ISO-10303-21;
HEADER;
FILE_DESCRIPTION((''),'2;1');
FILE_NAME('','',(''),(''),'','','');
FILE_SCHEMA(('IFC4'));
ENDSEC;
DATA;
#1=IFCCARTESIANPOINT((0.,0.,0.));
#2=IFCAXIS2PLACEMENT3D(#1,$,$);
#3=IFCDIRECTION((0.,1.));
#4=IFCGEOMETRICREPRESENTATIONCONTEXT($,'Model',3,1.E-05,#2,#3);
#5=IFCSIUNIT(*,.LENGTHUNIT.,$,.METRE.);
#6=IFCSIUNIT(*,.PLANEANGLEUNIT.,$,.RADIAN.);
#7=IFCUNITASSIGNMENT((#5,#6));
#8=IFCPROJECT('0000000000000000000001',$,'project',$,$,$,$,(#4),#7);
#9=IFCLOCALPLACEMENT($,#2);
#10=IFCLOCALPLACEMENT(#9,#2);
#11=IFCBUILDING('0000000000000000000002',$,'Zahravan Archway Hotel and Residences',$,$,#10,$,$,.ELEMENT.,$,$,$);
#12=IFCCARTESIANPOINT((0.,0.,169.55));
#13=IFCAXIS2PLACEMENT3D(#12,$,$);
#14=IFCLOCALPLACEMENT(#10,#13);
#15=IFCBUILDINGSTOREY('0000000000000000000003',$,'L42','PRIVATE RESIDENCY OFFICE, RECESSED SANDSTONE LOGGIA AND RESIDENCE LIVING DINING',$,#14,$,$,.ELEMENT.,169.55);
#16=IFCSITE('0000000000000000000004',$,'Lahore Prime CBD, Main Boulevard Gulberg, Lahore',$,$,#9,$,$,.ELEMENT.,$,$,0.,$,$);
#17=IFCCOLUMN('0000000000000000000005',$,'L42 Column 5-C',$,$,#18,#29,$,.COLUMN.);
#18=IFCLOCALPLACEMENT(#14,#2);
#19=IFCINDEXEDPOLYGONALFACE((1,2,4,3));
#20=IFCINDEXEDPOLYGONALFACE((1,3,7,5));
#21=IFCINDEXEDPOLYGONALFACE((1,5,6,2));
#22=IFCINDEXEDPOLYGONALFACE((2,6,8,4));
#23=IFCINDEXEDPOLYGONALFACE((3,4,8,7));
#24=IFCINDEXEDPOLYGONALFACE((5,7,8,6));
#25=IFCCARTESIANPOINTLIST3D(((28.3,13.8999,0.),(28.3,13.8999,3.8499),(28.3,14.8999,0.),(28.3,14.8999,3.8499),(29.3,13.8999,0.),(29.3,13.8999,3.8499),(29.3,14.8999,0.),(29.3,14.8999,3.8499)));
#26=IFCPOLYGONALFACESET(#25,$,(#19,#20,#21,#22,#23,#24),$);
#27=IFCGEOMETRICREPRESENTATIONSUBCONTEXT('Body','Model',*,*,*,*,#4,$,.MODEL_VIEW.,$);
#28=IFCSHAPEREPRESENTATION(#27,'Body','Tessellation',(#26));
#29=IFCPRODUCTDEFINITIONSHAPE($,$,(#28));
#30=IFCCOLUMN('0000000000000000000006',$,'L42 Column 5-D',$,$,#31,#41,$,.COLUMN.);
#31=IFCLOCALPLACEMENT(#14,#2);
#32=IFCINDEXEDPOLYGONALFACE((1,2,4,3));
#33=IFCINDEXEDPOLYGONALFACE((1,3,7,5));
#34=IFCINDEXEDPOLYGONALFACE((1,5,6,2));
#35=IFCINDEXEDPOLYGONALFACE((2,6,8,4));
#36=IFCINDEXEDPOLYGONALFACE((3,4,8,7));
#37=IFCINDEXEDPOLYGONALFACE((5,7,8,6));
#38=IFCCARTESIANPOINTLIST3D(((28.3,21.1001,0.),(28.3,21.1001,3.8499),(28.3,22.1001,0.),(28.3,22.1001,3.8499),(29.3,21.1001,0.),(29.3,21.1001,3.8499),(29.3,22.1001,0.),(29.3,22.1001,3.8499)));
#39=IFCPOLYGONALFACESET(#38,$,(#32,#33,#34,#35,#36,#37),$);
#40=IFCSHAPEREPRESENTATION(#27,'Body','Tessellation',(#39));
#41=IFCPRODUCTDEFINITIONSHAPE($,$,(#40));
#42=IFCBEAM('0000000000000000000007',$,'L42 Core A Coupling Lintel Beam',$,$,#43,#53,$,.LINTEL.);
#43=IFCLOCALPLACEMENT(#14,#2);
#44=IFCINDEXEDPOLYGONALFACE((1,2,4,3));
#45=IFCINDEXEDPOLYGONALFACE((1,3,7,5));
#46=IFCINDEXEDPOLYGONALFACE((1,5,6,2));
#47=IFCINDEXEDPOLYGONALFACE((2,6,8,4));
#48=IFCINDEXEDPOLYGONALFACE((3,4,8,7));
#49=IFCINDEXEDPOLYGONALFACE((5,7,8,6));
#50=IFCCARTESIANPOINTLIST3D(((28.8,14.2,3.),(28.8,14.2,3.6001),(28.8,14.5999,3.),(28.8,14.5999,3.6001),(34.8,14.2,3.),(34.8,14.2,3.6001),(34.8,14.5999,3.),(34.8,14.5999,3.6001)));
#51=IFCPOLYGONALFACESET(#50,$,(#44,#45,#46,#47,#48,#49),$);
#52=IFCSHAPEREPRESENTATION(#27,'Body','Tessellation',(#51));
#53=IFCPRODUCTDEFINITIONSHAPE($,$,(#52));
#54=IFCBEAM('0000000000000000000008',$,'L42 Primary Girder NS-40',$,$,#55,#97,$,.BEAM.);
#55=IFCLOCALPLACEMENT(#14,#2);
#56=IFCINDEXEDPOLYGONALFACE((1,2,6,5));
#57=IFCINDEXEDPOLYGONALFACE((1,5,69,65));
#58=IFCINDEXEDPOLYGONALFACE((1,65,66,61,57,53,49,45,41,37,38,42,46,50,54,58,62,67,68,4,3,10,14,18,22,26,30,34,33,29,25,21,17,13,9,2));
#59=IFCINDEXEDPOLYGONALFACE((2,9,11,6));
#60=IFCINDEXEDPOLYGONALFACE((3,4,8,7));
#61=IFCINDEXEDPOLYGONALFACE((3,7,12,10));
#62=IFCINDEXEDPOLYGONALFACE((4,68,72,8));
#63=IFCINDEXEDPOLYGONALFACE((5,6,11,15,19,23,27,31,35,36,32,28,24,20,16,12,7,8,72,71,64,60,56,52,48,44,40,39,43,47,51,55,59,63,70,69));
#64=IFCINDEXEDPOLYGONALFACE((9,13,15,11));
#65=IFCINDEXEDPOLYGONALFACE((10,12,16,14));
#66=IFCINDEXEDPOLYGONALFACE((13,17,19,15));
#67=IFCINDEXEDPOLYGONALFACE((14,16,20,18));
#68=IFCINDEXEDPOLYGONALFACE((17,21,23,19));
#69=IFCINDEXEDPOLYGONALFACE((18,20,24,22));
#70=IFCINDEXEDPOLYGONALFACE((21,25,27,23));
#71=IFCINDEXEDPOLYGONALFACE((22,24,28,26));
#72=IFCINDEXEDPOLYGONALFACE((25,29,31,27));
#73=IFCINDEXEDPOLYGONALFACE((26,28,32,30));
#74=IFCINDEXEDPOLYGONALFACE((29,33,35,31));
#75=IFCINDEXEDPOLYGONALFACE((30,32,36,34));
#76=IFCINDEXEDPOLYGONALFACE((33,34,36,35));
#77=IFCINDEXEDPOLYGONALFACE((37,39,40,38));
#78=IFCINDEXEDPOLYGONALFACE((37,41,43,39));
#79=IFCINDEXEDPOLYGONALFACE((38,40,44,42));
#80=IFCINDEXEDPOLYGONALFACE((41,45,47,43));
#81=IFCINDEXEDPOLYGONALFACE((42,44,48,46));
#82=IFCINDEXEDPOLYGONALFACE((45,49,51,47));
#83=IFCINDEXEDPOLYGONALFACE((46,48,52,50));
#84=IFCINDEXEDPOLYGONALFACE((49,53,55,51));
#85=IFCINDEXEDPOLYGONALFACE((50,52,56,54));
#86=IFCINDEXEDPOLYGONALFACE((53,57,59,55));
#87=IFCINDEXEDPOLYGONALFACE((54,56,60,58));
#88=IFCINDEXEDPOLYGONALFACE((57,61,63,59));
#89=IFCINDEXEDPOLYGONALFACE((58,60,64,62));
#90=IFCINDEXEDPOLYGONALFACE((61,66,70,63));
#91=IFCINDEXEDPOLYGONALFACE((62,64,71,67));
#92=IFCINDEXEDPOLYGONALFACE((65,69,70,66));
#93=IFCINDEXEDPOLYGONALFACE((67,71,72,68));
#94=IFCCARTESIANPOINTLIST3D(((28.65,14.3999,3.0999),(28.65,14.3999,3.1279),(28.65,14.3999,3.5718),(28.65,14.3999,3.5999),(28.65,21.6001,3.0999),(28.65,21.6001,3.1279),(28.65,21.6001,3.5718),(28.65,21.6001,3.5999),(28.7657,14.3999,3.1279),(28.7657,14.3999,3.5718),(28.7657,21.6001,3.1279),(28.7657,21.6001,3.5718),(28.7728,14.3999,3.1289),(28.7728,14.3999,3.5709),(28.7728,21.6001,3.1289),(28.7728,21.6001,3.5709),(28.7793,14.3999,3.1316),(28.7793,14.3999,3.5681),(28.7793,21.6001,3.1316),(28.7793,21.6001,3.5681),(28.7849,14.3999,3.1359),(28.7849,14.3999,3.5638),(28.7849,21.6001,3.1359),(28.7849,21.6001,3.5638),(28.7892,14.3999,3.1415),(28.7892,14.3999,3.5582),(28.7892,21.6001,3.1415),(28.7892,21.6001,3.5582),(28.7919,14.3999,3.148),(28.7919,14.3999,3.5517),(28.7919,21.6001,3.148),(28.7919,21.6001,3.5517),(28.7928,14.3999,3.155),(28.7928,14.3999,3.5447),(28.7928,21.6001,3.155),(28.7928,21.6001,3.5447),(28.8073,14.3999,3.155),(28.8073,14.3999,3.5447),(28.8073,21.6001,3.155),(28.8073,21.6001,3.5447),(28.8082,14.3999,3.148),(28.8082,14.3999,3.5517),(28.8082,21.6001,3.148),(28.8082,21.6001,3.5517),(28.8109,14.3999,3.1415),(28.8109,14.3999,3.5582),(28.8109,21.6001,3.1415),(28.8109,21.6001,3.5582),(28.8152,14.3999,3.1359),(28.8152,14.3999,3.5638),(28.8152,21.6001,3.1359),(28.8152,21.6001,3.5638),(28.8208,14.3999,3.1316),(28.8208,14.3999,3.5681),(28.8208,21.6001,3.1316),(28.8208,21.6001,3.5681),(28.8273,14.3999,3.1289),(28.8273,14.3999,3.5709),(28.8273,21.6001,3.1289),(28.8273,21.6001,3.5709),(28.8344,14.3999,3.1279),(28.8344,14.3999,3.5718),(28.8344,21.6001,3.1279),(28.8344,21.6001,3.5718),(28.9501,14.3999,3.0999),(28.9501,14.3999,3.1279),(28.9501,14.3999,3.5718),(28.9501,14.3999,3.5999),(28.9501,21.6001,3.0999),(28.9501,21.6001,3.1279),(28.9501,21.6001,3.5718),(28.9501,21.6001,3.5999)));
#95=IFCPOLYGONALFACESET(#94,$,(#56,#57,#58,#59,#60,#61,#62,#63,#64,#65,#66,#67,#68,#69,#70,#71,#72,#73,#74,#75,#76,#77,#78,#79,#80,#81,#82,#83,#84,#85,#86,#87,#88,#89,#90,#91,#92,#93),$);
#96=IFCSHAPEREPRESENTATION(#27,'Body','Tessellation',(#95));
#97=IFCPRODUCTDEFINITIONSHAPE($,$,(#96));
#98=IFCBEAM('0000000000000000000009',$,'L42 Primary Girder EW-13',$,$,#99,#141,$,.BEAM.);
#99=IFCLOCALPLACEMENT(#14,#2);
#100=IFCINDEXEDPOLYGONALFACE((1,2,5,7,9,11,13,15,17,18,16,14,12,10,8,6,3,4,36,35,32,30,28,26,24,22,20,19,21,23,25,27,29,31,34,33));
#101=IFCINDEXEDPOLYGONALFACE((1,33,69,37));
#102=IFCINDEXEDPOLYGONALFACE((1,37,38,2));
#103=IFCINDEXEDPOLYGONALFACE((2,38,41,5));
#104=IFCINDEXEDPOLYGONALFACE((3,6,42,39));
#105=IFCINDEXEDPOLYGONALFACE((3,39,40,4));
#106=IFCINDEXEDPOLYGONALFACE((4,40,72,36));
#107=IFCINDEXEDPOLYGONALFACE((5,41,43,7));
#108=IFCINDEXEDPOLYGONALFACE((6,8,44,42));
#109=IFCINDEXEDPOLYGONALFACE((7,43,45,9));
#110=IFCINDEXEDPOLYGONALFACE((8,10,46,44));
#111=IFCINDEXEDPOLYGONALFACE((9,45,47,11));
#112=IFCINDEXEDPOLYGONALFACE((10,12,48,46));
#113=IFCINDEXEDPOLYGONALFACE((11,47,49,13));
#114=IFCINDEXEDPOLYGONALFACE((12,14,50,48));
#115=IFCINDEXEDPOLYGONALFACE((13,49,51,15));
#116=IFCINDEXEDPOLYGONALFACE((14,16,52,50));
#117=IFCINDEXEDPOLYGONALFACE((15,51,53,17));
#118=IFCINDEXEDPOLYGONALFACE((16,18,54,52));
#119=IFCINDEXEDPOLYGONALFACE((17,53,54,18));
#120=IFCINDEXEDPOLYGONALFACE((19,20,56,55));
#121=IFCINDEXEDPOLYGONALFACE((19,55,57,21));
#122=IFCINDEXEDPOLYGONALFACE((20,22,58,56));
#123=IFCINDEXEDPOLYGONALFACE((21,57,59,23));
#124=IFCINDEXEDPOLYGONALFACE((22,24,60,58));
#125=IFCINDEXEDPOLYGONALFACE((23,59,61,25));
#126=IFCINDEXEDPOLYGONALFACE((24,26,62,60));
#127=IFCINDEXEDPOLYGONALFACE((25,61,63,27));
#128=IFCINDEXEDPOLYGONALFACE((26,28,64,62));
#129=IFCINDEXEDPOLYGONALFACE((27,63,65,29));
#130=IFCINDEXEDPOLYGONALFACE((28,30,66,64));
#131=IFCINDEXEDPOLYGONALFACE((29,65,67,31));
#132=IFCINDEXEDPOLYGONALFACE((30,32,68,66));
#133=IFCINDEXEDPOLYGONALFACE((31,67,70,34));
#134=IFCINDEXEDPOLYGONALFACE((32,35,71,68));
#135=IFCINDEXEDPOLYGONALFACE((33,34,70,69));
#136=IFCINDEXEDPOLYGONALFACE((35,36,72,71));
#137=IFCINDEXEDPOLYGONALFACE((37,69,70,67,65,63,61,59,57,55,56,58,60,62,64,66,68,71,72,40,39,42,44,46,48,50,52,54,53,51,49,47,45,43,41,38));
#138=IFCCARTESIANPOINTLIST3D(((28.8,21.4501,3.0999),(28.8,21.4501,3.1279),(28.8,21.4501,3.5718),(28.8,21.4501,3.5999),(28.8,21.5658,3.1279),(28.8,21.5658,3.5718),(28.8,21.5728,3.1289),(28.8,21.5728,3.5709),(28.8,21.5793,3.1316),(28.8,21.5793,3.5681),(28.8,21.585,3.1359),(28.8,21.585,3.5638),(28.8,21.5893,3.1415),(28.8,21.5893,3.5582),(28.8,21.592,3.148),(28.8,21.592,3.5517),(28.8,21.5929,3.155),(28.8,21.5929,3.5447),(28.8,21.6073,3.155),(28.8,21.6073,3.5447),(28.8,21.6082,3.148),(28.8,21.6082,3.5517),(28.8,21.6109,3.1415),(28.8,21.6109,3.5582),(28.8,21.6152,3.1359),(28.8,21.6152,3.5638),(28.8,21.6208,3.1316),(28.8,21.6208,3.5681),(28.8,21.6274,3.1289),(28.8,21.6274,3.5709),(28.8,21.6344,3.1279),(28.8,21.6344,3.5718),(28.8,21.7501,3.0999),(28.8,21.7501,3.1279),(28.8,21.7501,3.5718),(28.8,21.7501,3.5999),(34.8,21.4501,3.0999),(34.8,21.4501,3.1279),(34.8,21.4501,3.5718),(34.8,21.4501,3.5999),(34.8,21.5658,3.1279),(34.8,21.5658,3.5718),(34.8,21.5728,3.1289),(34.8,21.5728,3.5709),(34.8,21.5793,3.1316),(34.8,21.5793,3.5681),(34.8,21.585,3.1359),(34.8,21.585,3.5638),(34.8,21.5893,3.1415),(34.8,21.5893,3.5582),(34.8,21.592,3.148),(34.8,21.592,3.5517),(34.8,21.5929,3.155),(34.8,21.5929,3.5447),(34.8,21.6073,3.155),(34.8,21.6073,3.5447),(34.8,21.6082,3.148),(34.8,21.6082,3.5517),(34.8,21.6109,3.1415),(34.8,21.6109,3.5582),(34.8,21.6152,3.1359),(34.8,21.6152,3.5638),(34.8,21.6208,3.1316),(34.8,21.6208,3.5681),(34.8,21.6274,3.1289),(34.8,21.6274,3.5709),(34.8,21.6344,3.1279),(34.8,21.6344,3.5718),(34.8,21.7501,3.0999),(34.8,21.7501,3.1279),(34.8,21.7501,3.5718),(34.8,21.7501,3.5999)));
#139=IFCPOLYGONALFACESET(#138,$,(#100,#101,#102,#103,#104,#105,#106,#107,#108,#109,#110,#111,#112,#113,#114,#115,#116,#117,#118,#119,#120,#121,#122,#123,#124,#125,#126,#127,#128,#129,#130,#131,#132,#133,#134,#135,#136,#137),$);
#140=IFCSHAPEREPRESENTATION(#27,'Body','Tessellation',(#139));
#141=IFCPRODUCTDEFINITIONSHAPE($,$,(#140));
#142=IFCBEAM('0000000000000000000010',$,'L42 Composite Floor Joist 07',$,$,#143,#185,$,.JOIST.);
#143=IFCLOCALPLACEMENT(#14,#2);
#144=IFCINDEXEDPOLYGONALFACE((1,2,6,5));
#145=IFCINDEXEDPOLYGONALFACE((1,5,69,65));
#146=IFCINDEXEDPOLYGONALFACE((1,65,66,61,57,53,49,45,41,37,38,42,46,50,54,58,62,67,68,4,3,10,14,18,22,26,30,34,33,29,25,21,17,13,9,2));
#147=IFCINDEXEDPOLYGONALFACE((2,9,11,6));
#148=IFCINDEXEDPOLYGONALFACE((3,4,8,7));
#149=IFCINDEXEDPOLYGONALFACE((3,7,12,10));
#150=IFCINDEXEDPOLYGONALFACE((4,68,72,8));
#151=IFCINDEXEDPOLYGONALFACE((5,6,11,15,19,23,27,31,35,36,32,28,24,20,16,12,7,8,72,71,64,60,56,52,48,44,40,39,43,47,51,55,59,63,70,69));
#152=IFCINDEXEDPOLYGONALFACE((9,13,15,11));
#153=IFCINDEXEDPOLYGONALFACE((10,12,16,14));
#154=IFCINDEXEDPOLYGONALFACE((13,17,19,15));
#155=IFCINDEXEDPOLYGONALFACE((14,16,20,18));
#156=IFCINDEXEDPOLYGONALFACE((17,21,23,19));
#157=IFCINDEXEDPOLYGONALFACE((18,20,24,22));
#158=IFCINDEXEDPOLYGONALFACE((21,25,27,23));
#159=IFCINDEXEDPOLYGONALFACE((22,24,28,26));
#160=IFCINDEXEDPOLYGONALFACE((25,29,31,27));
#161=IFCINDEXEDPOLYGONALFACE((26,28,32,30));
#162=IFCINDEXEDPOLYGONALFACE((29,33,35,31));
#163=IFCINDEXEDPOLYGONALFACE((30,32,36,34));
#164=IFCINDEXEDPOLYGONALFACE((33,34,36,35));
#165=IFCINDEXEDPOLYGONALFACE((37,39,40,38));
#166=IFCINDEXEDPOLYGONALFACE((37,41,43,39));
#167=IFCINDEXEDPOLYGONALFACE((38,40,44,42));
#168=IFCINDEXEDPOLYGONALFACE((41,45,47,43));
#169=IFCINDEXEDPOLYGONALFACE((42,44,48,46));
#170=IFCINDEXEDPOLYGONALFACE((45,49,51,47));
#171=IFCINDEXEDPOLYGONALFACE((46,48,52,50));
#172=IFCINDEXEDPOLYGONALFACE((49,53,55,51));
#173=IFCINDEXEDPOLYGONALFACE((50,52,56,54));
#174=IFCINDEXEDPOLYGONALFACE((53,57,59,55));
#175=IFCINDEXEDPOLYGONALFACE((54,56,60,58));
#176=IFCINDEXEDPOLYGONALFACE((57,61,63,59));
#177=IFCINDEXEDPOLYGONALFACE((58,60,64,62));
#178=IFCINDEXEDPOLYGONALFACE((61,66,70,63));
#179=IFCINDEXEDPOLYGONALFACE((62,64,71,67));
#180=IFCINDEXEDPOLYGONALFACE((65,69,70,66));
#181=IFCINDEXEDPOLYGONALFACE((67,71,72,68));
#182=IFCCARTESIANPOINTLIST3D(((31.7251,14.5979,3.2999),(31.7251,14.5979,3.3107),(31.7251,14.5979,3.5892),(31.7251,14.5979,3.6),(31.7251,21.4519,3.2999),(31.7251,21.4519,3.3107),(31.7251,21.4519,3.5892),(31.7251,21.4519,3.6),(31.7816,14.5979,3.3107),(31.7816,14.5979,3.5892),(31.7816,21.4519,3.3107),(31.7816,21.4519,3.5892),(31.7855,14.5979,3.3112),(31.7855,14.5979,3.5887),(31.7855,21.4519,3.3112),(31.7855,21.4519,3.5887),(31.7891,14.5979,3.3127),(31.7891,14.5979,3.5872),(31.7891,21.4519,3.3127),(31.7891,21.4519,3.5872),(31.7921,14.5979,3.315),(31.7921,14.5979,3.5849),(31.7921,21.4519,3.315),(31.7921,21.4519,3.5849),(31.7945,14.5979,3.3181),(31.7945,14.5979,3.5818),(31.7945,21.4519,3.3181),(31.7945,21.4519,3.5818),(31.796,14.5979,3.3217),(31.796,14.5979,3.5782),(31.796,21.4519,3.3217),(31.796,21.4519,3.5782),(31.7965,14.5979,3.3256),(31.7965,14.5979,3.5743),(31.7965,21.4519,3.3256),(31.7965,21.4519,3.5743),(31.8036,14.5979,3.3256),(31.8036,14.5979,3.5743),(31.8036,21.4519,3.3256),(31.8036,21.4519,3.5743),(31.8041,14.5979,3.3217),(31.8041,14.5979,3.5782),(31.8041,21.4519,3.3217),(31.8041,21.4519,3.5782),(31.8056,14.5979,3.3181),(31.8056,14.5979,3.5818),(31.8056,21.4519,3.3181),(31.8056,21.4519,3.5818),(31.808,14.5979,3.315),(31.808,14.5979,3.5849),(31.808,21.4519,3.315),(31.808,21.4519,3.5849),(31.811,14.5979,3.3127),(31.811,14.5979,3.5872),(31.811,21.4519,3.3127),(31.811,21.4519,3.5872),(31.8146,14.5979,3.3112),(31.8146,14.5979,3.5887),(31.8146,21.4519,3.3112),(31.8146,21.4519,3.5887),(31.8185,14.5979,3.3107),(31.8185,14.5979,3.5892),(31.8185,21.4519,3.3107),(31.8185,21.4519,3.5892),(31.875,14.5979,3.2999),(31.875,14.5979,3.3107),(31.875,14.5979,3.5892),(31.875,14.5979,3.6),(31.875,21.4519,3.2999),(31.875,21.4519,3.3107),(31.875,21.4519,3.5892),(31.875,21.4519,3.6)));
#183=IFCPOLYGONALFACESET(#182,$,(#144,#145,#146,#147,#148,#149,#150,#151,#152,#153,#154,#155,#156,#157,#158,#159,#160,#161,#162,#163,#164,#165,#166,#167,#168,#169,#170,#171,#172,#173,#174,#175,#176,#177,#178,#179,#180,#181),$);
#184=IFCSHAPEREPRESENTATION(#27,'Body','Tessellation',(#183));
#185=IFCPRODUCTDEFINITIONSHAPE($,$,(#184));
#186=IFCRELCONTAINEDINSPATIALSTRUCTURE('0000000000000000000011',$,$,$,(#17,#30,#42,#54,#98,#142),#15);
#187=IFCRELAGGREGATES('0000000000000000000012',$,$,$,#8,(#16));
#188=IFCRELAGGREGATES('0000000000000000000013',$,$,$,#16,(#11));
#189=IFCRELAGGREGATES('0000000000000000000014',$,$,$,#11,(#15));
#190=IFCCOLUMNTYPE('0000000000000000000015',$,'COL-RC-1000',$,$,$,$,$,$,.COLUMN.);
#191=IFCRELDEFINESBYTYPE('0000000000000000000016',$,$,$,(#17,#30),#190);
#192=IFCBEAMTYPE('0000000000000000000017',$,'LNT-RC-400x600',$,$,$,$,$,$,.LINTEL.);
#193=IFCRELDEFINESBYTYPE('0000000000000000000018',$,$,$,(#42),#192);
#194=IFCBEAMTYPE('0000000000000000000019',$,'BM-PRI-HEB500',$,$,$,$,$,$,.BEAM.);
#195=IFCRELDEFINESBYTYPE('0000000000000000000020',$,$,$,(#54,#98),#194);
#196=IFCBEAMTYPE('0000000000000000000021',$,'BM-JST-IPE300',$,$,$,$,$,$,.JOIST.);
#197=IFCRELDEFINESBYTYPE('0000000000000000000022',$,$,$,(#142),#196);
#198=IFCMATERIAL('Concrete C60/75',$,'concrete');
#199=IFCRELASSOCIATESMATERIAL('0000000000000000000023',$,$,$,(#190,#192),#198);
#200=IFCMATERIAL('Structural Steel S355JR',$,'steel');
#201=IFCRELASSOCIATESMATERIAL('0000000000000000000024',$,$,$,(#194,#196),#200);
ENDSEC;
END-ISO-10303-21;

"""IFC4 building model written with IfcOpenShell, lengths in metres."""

from ifc_helpers import new_model, si_unit, direction, frame, origin, origin_2d, place, context, subcontext, project, spatial, rectangle, i_section, extrude, source, transform, mapped, material, material_profile, profile_set, type_object, type_shapes, element, save


model = new_model("IFC4")

# Units and contexts
model_context = context("Model", 3, precision=1e-05, world=origin(), true_north=direction((0.0, 1.0)))
body_context = subcontext(model_context, "Body", "Model", "MODEL_VIEW")
ifc_project = project(units=[si_unit("LENGTHUNIT", "METRE"), si_unit("PLANEANGLEUNIT", "RADIAN")], contexts=[model_context])

# Site, building, storey
site_placement = place(None, origin())
site = spatial("IfcSite", under=ifc_project, at=site_placement, Name="Lahore Prime CBD, Main Boulevard Gulberg, Lahore", CompositionType="ELEMENT", RefElevation=0.0)
building_placement = place(site_placement, origin())
building = spatial("IfcBuilding", under=site, at=building_placement, Name="Zahravan Archway Hotel and Residences", CompositionType="ELEMENT")
storey_placement = place(building_placement, frame((0.0, 0.0, 169.55)))
storey = spatial("IfcBuildingStorey", under=building, at=storey_placement, Name="L42", Description="PRIVATE RESIDENCY OFFICE, RECESSED SANDSTONE LOGGIA AND RESIDENCE LIVING DINING", CompositionType="ELEMENT", Elevation=169.55)

# Columns
ifc_material_1 = material(Name="Concrete C60/75", Category="concrete")
ifc_material_profile_1 = material_profile(ifc_material_1, rectangle(XDim=1.0, YDim=1.0, at=origin_2d()), Name="RC-COL-1000x1000", Category="concrete")
ifc_profile_set_1 = profile_set([ifc_material_profile_1], Name="Concrete C60/75")
column_type = type_object("IfcColumnType", Name="COL-RC-1000", PredefinedType="COLUMN", material=ifc_profile_set_1)
shared_shape_1 = source(origin(), body_context, "Body", "SweptSolid", [
    extrude(rectangle(XDim=1.0, YDim=1.0, at=origin_2d()), origin(), (0.0, 0.0, 1.0), 3.8499),
])
for number, where, z_axis, x_axis, name in (
    (1, (28.8, 14.3999, 0.0), (0.0, 0.0, 1.0), (1.0, 0.0, 0.0), "L42 Column 5-C"),
    (2, (28.8, 21.6001, 0.0), (0.0, 0.0, 1.0), (1.0, 0.0, 0.0), "L42 Column 5-D"),
):
    element("IfcColumn", number, at=place(storey_placement, frame(where, z_axis=z_axis, x_axis=x_axis)), inside=storey, type_object=column_type, Name=name, PredefinedType="COLUMN", context=body_context, shape_type="MappedRepresentation", body=[
        mapped(shared_shape_1, transform((0.0, 0.0, 0.0), scale=1.0)),
    ])

# Beams
ifc_material_profile_2 = material_profile(ifc_material_1, rectangle(XDim=0.3999, YDim=0.6001, at=origin_2d()), Name="RC-LNT-400x600", Category="concrete")
ifc_profile_set_2 = profile_set([ifc_material_profile_2], Name="Concrete C60/75")
beam_type_1 = type_object("IfcBeamType", Name="LNT-RC-400x600", PredefinedType="LINTEL", material=ifc_profile_set_2)
shared_shape_2 = source(origin(), body_context, "Body", "SweptSolid", [
    extrude(rectangle(XDim=0.3999, YDim=0.6001, at=origin_2d()), origin(), (0.0, 0.0, 1.0), 6.0),
])
type_shapes(beam_type_1, [shared_shape_2])
beam_1_placement = place(storey_placement, frame((28.8, 14.3999, 3.3), z_axis=(1.0, 0.0, 0.0), x_axis=(0.0, 1.0, 0.0)))
element("IfcBeam", 3, at=beam_1_placement, inside=storey, type_object=beam_type_1, Name="L42 Core A Coupling Lintel Beam", PredefinedType="LINTEL", context=body_context, shape_type="MappedRepresentation", body=[
    mapped(shared_shape_2, transform((0.0, 0.0, 0.0), scale=1.0)),
])
ifc_material_2 = material(Name="Structural Steel S355JR", Category="steel")
ifc_material_profile_3 = material_profile(ifc_material_2, i_section(OverallWidth=0.3, OverallDepth=0.5, WebThickness=0.0144, FlangeThickness=0.0281, FilletRadius=0.0271, at=origin_2d()), Name="HEB 500", Category="steel")
ifc_profile_set_3 = profile_set([ifc_material_profile_3], Name="Structural Steel S355JR")
beam_type_2 = type_object("IfcBeamType", Name="BM-PRI-HEB500", PredefinedType="BEAM", material=ifc_profile_set_3)
shared_shape_3 = source(origin(), body_context, "Body", "SweptSolid", [
    extrude(i_section(OverallWidth=0.3, OverallDepth=0.5, WebThickness=0.0144, FlangeThickness=0.0281, FilletRadius=0.0271, at=origin_2d()), origin(), (0.0, 0.0, 1.0), 7.2002),
])
type_shapes(beam_type_2, [shared_shape_3])
beam_2_placement = place(storey_placement, frame((28.8, 14.3999, 3.3499), z_axis=(0.0, 1.0, 0.0), x_axis=(-1.0, 0.0, 0.0)))
element("IfcBeam", 4, at=beam_2_placement, inside=storey, type_object=beam_type_2, Name="L42 Primary Girder NS-40", PredefinedType="BEAM", context=body_context, shape_type="MappedRepresentation", body=[
    mapped(shared_shape_3, transform((0.0, 0.0, 0.0), scale=1.0)),
])
shared_shape_4 = source(origin(), body_context, "Body", "SweptSolid", [
    extrude(i_section(OverallWidth=0.3, OverallDepth=0.5, WebThickness=0.0144, FlangeThickness=0.0281, FilletRadius=0.0271, at=origin_2d()), origin(), (0.0, 0.0, 1.0), 6.0),
])
beam_3_placement = place(storey_placement, frame((28.8, 21.6001, 3.3499), z_axis=(1.0, 0.0, 0.0), x_axis=(0.0, 1.0, 0.0)))
element("IfcBeam", 5, at=beam_3_placement, inside=storey, type_object=beam_type_2, Name="L42 Primary Girder EW-13", PredefinedType="BEAM", context=body_context, shape_type="MappedRepresentation", body=[
    mapped(shared_shape_4, transform((0.0, 0.0, 0.0), scale=1.0)),
])
ifc_material_profile_4 = material_profile(ifc_material_2, i_section(OverallWidth=0.1499, OverallDepth=0.3, WebThickness=0.0071, FlangeThickness=0.0107, FilletRadius=0.0149, at=origin_2d()), Name="IPE 300", Category="steel")
ifc_profile_set_4 = profile_set([ifc_material_profile_4], Name="Structural Steel S355JR")
beam_type_3 = type_object("IfcBeamType", Name="BM-JST-IPE300", PredefinedType="JOIST", material=ifc_profile_set_4)
shared_shape_5 = source(origin(), body_context, "Body", "SweptSolid", [
    extrude(i_section(OverallWidth=0.1499, OverallDepth=0.3, WebThickness=0.0071, FlangeThickness=0.0107, FilletRadius=0.0149, at=origin_2d()), origin(), (0.0, 0.0, 1.0), 6.854),
])
beam_4_placement = place(storey_placement, frame((31.8, 14.5979, 3.45), z_axis=(0.0, 1.0, 0.0), x_axis=(-1.0, 0.0, 0.0)))
element("IfcBeam", 6, at=beam_4_placement, inside=storey, type_object=beam_type_3, Name="L42 Composite Floor Joist 07", PredefinedType="JOIST", context=body_context, shape_type="MappedRepresentation", body=[
    mapped(shared_shape_5, transform((0.0, 0.0, 0.0), scale=1.0)),
])

save(model, "model.ifc")
